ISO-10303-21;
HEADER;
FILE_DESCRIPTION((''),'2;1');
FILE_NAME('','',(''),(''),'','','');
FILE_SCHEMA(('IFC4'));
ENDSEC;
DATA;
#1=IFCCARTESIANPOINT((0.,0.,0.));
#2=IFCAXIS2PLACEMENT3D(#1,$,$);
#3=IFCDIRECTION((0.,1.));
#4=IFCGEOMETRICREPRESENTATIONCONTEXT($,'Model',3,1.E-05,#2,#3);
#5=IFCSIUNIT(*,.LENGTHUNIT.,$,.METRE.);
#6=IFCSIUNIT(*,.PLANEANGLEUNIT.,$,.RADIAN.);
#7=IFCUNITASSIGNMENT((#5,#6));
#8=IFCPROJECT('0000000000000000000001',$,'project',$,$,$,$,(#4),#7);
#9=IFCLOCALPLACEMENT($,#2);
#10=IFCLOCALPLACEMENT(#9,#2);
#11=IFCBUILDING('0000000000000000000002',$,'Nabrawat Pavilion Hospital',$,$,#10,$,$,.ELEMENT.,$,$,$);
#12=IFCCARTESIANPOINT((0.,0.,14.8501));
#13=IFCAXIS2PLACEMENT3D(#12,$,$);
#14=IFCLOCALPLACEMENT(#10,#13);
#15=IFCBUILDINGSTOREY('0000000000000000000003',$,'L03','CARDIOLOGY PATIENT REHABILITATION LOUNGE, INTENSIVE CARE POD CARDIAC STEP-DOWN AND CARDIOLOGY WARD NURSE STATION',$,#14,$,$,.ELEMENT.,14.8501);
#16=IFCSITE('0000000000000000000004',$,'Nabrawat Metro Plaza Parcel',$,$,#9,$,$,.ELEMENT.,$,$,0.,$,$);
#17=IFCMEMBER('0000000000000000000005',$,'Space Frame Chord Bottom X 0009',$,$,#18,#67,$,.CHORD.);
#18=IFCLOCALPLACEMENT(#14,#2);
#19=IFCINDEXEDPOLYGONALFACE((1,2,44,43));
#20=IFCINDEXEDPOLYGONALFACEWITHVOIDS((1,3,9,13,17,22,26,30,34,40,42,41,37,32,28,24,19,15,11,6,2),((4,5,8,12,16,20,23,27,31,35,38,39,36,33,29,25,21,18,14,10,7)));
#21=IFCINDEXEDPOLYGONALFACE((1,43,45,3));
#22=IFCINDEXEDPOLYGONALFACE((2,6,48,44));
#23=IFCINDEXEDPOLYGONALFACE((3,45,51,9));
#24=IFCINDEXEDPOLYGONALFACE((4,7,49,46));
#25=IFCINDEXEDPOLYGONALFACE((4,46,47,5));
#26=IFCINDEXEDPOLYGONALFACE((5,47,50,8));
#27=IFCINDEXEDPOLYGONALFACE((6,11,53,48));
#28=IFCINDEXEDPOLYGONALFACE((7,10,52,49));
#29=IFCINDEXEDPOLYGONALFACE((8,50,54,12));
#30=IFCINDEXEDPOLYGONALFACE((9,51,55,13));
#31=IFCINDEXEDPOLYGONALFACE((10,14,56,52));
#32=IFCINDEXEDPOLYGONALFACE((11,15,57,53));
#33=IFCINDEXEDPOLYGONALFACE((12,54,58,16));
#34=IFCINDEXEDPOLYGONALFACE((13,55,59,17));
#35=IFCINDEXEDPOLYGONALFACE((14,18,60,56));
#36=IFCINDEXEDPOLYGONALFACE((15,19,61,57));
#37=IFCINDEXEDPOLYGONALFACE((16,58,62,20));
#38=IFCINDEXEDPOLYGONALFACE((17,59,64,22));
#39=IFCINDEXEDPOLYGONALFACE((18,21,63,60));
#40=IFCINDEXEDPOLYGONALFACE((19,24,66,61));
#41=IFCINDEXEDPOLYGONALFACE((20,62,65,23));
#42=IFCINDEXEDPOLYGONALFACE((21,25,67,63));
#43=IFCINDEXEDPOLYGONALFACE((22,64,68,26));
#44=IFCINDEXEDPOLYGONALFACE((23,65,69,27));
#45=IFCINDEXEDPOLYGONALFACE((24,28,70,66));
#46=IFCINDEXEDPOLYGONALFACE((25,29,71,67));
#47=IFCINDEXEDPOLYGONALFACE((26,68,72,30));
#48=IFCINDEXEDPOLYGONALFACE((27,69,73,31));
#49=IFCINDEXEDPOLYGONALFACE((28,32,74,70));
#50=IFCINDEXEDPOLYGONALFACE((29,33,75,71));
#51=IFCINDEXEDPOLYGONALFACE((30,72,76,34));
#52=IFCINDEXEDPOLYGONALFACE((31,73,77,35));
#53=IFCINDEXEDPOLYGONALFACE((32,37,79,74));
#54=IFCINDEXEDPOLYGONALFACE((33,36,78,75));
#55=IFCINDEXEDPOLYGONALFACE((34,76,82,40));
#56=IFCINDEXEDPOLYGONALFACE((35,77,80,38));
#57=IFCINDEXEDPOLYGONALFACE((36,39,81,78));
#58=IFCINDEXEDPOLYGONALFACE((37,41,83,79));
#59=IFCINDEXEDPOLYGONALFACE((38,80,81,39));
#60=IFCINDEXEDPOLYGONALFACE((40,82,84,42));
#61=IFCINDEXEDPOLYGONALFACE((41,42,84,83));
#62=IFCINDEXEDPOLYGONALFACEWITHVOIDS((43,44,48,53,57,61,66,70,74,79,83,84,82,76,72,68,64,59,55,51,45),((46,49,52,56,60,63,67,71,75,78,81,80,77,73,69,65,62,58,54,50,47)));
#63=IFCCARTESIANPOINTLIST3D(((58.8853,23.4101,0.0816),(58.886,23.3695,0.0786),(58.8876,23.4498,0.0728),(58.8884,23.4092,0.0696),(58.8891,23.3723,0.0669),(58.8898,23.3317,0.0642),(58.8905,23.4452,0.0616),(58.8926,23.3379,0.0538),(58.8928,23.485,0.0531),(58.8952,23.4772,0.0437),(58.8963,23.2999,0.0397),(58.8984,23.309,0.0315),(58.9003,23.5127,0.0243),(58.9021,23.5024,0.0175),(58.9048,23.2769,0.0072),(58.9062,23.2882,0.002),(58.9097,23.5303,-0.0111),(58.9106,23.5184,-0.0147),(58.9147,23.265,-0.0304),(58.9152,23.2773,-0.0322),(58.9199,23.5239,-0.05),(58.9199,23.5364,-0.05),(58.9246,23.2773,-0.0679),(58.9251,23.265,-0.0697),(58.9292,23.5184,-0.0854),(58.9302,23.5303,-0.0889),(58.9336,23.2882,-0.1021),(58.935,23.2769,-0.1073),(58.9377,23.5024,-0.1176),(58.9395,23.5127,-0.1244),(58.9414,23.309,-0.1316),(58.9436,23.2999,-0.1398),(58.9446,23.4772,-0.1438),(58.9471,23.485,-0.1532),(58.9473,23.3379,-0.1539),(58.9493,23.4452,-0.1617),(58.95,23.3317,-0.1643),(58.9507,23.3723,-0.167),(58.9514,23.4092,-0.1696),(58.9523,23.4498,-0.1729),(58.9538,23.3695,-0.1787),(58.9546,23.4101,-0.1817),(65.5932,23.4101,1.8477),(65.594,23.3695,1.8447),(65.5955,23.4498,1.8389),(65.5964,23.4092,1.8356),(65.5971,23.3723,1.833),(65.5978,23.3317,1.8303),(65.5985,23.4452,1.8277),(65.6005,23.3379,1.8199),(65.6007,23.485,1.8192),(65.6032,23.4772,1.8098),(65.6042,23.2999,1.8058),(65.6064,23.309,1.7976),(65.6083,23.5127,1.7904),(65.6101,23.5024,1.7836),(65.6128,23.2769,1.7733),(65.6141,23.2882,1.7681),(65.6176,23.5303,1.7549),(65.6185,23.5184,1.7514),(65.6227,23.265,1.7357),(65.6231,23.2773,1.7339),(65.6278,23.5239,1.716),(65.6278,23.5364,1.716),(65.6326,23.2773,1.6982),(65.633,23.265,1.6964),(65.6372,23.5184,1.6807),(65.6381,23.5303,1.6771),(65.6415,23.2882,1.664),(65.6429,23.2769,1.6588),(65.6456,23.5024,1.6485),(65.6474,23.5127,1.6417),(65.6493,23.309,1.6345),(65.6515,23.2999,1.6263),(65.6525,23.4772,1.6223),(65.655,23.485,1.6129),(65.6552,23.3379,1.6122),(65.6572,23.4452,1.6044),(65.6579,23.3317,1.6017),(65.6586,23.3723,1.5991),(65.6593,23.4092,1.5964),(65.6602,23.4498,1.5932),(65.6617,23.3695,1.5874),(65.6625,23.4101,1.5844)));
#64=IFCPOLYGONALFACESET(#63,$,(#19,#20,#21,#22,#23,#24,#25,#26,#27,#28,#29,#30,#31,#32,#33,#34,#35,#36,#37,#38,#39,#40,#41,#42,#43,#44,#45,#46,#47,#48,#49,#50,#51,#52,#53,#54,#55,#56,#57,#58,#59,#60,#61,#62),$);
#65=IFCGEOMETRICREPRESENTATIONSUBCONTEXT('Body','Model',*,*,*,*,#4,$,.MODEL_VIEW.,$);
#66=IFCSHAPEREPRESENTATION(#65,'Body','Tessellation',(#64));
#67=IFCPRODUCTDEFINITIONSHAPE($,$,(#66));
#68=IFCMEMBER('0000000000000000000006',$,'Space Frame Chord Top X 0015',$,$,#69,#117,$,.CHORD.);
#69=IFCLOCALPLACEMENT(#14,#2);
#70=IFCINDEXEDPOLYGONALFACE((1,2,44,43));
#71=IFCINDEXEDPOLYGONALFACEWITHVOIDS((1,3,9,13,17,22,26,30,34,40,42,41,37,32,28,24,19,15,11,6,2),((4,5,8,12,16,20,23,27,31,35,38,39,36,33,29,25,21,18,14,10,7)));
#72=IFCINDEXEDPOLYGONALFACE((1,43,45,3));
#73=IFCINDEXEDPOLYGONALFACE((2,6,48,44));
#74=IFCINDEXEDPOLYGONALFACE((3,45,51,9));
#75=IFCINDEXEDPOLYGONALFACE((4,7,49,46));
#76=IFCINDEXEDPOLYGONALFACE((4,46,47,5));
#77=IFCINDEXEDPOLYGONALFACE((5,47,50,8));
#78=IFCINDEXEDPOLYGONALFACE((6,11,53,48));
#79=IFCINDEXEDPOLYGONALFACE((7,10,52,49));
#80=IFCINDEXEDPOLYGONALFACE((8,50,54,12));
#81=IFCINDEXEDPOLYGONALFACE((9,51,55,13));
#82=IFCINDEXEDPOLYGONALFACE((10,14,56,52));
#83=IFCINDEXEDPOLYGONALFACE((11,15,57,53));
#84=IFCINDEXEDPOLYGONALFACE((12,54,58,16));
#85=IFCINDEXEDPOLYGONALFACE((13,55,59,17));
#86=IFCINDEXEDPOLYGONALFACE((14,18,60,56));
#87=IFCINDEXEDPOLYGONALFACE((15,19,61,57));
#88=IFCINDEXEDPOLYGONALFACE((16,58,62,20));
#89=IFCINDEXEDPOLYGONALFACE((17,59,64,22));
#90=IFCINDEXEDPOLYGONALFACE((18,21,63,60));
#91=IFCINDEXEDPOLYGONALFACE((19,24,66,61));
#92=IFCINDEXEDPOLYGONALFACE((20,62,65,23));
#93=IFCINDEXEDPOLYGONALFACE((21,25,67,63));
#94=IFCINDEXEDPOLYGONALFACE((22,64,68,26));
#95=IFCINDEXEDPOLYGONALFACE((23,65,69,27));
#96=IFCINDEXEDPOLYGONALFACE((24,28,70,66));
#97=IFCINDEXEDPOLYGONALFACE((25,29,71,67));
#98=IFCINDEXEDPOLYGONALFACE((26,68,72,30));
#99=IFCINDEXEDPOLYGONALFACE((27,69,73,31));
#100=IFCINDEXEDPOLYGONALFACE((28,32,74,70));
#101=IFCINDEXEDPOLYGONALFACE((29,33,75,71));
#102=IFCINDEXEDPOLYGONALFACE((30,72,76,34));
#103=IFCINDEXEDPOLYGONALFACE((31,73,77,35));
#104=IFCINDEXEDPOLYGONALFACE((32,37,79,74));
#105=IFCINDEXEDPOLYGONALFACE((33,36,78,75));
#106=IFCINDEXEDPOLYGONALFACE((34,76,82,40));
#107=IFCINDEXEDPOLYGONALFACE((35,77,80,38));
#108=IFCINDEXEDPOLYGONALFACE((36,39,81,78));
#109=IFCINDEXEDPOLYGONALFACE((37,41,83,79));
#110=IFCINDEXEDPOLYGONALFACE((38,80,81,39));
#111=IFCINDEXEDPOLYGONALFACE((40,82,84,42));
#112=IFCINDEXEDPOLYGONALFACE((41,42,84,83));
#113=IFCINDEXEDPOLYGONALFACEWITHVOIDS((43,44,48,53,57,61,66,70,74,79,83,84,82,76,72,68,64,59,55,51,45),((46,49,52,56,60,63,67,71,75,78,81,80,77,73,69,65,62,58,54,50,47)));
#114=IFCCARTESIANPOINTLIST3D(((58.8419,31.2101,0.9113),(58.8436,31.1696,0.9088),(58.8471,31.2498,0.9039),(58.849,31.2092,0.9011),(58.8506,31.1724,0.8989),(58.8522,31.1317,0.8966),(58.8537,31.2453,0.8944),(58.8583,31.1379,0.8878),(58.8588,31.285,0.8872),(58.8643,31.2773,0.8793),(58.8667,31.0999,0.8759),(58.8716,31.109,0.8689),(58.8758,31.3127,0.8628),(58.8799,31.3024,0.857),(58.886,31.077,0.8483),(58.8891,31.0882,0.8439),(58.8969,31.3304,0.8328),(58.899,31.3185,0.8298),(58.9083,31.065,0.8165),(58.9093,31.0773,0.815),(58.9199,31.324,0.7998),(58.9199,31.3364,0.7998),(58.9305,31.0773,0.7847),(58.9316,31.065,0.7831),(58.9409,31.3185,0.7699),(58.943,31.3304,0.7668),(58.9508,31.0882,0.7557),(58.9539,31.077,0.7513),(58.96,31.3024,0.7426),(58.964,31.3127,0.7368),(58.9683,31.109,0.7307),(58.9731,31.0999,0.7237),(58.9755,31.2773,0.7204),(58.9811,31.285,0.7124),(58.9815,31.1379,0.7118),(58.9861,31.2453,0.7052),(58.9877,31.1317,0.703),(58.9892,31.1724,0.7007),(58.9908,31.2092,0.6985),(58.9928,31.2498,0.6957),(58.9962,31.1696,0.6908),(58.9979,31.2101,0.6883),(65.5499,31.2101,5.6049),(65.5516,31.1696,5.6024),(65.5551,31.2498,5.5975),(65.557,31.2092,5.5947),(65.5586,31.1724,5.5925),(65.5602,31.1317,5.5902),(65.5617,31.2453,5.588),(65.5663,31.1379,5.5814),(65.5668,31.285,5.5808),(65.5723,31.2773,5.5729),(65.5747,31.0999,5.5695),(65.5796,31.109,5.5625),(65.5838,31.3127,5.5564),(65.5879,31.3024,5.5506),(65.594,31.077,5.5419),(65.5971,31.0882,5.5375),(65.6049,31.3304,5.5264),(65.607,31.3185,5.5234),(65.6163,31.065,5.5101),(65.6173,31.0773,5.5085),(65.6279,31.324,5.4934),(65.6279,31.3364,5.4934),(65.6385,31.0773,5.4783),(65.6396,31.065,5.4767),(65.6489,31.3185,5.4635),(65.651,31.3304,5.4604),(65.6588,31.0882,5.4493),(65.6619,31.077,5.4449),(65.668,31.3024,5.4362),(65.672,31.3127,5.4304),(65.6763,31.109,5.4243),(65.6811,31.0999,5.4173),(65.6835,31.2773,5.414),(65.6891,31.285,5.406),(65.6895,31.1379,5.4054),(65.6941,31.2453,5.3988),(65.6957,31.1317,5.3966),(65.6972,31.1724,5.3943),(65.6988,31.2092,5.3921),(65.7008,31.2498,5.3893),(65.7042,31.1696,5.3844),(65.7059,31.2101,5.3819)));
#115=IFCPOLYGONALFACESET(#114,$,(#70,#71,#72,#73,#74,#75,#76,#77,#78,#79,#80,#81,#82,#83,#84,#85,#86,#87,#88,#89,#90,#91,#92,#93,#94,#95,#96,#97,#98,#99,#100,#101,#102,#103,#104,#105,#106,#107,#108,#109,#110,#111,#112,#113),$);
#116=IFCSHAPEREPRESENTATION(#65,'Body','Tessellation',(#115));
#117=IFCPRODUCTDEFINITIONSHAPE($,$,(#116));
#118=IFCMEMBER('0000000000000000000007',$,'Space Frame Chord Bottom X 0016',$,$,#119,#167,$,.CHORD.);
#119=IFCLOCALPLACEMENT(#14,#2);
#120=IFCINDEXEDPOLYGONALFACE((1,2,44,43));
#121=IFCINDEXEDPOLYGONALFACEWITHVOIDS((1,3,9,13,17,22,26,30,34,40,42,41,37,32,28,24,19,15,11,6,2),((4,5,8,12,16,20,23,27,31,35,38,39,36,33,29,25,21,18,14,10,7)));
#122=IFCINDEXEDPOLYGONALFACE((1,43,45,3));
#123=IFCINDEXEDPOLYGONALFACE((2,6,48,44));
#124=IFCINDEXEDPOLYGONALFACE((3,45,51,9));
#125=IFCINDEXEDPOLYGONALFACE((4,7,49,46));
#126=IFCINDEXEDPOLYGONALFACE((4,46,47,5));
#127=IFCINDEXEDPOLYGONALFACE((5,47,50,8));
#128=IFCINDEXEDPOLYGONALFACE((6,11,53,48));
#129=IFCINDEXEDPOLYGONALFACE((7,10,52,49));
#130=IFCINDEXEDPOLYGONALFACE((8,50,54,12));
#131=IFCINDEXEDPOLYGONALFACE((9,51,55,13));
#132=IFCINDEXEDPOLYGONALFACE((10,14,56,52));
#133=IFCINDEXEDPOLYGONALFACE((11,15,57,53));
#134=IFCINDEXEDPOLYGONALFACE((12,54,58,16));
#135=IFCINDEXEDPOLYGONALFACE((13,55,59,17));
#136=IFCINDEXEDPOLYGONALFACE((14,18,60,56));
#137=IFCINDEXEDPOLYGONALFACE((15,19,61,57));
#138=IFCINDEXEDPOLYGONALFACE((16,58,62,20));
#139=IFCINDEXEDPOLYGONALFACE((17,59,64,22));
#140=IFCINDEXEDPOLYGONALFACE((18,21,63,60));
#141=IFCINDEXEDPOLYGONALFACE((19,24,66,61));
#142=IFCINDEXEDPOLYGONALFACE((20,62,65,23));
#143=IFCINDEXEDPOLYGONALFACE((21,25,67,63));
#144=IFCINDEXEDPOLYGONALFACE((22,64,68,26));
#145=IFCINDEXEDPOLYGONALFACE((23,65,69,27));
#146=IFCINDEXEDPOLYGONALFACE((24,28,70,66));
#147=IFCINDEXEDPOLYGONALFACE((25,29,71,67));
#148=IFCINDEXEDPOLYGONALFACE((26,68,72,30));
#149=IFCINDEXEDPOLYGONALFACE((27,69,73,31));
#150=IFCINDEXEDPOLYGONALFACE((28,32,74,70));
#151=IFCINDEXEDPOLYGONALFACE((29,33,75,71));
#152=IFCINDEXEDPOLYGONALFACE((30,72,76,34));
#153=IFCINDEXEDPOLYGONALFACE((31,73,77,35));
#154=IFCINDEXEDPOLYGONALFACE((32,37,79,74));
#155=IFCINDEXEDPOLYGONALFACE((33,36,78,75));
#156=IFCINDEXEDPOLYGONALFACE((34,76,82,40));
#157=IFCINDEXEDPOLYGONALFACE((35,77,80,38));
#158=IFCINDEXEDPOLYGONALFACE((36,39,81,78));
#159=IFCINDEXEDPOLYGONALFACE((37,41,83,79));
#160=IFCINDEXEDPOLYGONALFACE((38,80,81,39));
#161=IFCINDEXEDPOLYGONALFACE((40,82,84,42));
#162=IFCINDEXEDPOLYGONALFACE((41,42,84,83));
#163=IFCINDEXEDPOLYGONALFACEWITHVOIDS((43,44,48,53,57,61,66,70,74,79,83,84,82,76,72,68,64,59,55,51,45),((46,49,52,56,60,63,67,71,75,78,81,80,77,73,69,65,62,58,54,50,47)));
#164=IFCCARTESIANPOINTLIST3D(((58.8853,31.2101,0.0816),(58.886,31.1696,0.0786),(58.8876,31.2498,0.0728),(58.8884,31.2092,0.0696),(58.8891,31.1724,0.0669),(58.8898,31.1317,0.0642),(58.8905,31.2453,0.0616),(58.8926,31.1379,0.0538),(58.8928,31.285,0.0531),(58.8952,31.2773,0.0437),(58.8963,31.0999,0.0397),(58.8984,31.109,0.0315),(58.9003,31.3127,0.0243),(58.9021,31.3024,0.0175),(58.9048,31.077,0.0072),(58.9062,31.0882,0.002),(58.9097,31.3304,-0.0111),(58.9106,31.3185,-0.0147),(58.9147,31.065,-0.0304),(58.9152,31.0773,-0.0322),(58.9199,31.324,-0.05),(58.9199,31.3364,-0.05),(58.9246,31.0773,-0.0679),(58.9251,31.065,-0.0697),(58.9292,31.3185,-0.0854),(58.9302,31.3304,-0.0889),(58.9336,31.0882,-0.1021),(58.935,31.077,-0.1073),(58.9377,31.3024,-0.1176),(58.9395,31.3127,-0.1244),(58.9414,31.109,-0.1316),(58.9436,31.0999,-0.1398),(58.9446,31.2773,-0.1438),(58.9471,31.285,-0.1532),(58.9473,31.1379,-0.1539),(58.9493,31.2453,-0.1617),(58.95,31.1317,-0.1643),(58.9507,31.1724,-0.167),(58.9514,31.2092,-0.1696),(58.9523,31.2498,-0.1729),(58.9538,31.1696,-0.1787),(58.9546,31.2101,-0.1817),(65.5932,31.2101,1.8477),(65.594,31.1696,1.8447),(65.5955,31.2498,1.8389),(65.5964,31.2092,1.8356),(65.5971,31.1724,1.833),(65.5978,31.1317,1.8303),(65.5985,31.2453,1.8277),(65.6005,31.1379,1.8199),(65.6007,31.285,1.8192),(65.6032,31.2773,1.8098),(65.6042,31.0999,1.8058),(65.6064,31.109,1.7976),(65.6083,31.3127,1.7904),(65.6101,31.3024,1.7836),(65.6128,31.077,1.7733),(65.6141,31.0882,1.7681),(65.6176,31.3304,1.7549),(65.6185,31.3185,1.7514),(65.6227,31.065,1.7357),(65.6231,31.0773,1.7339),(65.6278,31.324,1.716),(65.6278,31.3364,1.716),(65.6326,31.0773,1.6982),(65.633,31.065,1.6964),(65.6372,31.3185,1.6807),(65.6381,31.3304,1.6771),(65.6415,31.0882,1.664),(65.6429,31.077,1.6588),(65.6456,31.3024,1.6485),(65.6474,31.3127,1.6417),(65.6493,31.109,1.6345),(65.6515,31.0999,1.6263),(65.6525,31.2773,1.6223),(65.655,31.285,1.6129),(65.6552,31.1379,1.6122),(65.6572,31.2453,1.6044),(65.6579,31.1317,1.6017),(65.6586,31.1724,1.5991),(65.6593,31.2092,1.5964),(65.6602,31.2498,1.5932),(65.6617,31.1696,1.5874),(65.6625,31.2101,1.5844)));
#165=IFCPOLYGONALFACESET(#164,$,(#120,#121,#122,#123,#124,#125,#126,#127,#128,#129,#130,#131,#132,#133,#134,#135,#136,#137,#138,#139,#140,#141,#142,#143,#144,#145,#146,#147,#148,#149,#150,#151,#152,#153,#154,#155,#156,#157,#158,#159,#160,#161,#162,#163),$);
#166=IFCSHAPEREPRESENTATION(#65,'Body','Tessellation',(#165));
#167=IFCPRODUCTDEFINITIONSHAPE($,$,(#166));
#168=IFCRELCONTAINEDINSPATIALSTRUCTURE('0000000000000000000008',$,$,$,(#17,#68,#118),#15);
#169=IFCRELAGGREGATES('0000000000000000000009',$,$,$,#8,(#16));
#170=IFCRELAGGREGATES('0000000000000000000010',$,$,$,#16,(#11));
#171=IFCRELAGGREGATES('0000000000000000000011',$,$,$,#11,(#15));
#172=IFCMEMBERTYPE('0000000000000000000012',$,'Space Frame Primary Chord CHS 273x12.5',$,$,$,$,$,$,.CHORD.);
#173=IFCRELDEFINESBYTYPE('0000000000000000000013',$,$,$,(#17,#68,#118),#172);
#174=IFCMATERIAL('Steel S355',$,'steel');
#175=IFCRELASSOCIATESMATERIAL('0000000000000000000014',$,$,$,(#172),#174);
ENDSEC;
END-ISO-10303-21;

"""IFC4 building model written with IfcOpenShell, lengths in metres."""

from ifc_helpers import new_model, si_unit, direction, frame, origin, origin_2d, place, context, subcontext, project, spatial, hollow_circle, extrude, material, material_profile, profile_set, type_object, element, save


model = new_model("IFC4")

# Units and contexts
model_context = context("Model", 3, precision=1e-05, world=origin(), true_north=direction((0.0, 1.0)))
body_context = subcontext(model_context, "Body", "Model", "MODEL_VIEW")
ifc_project = project(units=[si_unit("LENGTHUNIT", "METRE"), si_unit("PLANEANGLEUNIT", "RADIAN")], contexts=[model_context])

# Site, building, storey
site_placement = place(None, origin())
site = spatial("IfcSite", under=ifc_project, at=site_placement, Name="Nabrawat Metro Plaza Parcel", CompositionType="ELEMENT", RefElevation=0.0)
building_placement = place(site_placement, origin())
building = spatial("IfcBuilding", under=site, at=building_placement, Name="Nabrawat Pavilion Hospital", CompositionType="ELEMENT")
storey_placement = place(building_placement, frame((0.0, 0.0, 14.8501)))
storey = spatial("IfcBuildingStorey", under=building, at=storey_placement, Name="L03", Description="CARDIOLOGY PATIENT REHABILITATION LOUNGE, INTENSIVE CARE POD CARDIAC STEP-DOWN AND CARDIOLOGY WARD NURSE STATION", CompositionType="ELEMENT", Elevation=14.8501)

# Shared definitions
ifc_material_1 = material(Name="Steel S355", Category="steel")

# Members
ifc_material_profile_1 = material_profile(ifc_material_1, hollow_circle(Radius=0.1365, WallThickness=0.0125, at=origin_2d()), Name="CHS 273x12.5")
ifc_profile_set_1 = profile_set([ifc_material_profile_1], Name="Steel S355")
member_type_1 = type_object("IfcMemberType", Name="Space Frame Primary Chord CHS 273x12.5", PredefinedType="CHORD", material=ifc_profile_set_1)
member_1_placement = place(storey_placement, frame((58.9199, 23.3999, -0.05), z_axis=(0.967044, 0.0, 0.254608), x_axis=(0.0, 1.0, 0.0)))
element("IfcMember", 1, at=member_1_placement, inside=storey, type_object=member_type_1, Name="Space Frame Chord Bottom X 0009", PredefinedType="CHORD", context=body_context, shape_type="SweptSolid", body=[
    extrude(hollow_circle(Radius=0.1365, WallThickness=0.0125, at=origin_2d()), origin(), (0.0, 0.0, 1.0), 6.9365),
])
member_2_placement = place(storey_placement, frame((58.9199, 31.2, 0.7998), z_axis=(0.819347, 0.0, 0.573298), x_axis=(0.0, 1.0, 0.0)))
element("IfcMember", 2, at=member_2_placement, inside=storey, type_object=member_type_1, Name="Space Frame Chord Top X 0015", PredefinedType="CHORD", context=body_context, shape_type="SweptSolid", body=[
    extrude(hollow_circle(Radius=0.1365, WallThickness=0.0125, at=origin_2d()), origin(), (0.0, 0.0, 1.0), 8.187),
])
member_3_placement = place(storey_placement, frame((58.9199, 31.2, -0.05), z_axis=(0.967044, 0.0, 0.254608), x_axis=(0.0, 1.0, 0.0)))
element("IfcMember", 3, at=member_3_placement, inside=storey, type_object=member_type_1, Name="Space Frame Chord Bottom X 0016", PredefinedType="CHORD", context=body_context, shape_type="SweptSolid", body=[
    extrude(hollow_circle(Radius=0.1365, WallThickness=0.0125, at=origin_2d()), origin(), (0.0, 0.0, 1.0), 6.9365),
])

save(model, "model.ifc")
